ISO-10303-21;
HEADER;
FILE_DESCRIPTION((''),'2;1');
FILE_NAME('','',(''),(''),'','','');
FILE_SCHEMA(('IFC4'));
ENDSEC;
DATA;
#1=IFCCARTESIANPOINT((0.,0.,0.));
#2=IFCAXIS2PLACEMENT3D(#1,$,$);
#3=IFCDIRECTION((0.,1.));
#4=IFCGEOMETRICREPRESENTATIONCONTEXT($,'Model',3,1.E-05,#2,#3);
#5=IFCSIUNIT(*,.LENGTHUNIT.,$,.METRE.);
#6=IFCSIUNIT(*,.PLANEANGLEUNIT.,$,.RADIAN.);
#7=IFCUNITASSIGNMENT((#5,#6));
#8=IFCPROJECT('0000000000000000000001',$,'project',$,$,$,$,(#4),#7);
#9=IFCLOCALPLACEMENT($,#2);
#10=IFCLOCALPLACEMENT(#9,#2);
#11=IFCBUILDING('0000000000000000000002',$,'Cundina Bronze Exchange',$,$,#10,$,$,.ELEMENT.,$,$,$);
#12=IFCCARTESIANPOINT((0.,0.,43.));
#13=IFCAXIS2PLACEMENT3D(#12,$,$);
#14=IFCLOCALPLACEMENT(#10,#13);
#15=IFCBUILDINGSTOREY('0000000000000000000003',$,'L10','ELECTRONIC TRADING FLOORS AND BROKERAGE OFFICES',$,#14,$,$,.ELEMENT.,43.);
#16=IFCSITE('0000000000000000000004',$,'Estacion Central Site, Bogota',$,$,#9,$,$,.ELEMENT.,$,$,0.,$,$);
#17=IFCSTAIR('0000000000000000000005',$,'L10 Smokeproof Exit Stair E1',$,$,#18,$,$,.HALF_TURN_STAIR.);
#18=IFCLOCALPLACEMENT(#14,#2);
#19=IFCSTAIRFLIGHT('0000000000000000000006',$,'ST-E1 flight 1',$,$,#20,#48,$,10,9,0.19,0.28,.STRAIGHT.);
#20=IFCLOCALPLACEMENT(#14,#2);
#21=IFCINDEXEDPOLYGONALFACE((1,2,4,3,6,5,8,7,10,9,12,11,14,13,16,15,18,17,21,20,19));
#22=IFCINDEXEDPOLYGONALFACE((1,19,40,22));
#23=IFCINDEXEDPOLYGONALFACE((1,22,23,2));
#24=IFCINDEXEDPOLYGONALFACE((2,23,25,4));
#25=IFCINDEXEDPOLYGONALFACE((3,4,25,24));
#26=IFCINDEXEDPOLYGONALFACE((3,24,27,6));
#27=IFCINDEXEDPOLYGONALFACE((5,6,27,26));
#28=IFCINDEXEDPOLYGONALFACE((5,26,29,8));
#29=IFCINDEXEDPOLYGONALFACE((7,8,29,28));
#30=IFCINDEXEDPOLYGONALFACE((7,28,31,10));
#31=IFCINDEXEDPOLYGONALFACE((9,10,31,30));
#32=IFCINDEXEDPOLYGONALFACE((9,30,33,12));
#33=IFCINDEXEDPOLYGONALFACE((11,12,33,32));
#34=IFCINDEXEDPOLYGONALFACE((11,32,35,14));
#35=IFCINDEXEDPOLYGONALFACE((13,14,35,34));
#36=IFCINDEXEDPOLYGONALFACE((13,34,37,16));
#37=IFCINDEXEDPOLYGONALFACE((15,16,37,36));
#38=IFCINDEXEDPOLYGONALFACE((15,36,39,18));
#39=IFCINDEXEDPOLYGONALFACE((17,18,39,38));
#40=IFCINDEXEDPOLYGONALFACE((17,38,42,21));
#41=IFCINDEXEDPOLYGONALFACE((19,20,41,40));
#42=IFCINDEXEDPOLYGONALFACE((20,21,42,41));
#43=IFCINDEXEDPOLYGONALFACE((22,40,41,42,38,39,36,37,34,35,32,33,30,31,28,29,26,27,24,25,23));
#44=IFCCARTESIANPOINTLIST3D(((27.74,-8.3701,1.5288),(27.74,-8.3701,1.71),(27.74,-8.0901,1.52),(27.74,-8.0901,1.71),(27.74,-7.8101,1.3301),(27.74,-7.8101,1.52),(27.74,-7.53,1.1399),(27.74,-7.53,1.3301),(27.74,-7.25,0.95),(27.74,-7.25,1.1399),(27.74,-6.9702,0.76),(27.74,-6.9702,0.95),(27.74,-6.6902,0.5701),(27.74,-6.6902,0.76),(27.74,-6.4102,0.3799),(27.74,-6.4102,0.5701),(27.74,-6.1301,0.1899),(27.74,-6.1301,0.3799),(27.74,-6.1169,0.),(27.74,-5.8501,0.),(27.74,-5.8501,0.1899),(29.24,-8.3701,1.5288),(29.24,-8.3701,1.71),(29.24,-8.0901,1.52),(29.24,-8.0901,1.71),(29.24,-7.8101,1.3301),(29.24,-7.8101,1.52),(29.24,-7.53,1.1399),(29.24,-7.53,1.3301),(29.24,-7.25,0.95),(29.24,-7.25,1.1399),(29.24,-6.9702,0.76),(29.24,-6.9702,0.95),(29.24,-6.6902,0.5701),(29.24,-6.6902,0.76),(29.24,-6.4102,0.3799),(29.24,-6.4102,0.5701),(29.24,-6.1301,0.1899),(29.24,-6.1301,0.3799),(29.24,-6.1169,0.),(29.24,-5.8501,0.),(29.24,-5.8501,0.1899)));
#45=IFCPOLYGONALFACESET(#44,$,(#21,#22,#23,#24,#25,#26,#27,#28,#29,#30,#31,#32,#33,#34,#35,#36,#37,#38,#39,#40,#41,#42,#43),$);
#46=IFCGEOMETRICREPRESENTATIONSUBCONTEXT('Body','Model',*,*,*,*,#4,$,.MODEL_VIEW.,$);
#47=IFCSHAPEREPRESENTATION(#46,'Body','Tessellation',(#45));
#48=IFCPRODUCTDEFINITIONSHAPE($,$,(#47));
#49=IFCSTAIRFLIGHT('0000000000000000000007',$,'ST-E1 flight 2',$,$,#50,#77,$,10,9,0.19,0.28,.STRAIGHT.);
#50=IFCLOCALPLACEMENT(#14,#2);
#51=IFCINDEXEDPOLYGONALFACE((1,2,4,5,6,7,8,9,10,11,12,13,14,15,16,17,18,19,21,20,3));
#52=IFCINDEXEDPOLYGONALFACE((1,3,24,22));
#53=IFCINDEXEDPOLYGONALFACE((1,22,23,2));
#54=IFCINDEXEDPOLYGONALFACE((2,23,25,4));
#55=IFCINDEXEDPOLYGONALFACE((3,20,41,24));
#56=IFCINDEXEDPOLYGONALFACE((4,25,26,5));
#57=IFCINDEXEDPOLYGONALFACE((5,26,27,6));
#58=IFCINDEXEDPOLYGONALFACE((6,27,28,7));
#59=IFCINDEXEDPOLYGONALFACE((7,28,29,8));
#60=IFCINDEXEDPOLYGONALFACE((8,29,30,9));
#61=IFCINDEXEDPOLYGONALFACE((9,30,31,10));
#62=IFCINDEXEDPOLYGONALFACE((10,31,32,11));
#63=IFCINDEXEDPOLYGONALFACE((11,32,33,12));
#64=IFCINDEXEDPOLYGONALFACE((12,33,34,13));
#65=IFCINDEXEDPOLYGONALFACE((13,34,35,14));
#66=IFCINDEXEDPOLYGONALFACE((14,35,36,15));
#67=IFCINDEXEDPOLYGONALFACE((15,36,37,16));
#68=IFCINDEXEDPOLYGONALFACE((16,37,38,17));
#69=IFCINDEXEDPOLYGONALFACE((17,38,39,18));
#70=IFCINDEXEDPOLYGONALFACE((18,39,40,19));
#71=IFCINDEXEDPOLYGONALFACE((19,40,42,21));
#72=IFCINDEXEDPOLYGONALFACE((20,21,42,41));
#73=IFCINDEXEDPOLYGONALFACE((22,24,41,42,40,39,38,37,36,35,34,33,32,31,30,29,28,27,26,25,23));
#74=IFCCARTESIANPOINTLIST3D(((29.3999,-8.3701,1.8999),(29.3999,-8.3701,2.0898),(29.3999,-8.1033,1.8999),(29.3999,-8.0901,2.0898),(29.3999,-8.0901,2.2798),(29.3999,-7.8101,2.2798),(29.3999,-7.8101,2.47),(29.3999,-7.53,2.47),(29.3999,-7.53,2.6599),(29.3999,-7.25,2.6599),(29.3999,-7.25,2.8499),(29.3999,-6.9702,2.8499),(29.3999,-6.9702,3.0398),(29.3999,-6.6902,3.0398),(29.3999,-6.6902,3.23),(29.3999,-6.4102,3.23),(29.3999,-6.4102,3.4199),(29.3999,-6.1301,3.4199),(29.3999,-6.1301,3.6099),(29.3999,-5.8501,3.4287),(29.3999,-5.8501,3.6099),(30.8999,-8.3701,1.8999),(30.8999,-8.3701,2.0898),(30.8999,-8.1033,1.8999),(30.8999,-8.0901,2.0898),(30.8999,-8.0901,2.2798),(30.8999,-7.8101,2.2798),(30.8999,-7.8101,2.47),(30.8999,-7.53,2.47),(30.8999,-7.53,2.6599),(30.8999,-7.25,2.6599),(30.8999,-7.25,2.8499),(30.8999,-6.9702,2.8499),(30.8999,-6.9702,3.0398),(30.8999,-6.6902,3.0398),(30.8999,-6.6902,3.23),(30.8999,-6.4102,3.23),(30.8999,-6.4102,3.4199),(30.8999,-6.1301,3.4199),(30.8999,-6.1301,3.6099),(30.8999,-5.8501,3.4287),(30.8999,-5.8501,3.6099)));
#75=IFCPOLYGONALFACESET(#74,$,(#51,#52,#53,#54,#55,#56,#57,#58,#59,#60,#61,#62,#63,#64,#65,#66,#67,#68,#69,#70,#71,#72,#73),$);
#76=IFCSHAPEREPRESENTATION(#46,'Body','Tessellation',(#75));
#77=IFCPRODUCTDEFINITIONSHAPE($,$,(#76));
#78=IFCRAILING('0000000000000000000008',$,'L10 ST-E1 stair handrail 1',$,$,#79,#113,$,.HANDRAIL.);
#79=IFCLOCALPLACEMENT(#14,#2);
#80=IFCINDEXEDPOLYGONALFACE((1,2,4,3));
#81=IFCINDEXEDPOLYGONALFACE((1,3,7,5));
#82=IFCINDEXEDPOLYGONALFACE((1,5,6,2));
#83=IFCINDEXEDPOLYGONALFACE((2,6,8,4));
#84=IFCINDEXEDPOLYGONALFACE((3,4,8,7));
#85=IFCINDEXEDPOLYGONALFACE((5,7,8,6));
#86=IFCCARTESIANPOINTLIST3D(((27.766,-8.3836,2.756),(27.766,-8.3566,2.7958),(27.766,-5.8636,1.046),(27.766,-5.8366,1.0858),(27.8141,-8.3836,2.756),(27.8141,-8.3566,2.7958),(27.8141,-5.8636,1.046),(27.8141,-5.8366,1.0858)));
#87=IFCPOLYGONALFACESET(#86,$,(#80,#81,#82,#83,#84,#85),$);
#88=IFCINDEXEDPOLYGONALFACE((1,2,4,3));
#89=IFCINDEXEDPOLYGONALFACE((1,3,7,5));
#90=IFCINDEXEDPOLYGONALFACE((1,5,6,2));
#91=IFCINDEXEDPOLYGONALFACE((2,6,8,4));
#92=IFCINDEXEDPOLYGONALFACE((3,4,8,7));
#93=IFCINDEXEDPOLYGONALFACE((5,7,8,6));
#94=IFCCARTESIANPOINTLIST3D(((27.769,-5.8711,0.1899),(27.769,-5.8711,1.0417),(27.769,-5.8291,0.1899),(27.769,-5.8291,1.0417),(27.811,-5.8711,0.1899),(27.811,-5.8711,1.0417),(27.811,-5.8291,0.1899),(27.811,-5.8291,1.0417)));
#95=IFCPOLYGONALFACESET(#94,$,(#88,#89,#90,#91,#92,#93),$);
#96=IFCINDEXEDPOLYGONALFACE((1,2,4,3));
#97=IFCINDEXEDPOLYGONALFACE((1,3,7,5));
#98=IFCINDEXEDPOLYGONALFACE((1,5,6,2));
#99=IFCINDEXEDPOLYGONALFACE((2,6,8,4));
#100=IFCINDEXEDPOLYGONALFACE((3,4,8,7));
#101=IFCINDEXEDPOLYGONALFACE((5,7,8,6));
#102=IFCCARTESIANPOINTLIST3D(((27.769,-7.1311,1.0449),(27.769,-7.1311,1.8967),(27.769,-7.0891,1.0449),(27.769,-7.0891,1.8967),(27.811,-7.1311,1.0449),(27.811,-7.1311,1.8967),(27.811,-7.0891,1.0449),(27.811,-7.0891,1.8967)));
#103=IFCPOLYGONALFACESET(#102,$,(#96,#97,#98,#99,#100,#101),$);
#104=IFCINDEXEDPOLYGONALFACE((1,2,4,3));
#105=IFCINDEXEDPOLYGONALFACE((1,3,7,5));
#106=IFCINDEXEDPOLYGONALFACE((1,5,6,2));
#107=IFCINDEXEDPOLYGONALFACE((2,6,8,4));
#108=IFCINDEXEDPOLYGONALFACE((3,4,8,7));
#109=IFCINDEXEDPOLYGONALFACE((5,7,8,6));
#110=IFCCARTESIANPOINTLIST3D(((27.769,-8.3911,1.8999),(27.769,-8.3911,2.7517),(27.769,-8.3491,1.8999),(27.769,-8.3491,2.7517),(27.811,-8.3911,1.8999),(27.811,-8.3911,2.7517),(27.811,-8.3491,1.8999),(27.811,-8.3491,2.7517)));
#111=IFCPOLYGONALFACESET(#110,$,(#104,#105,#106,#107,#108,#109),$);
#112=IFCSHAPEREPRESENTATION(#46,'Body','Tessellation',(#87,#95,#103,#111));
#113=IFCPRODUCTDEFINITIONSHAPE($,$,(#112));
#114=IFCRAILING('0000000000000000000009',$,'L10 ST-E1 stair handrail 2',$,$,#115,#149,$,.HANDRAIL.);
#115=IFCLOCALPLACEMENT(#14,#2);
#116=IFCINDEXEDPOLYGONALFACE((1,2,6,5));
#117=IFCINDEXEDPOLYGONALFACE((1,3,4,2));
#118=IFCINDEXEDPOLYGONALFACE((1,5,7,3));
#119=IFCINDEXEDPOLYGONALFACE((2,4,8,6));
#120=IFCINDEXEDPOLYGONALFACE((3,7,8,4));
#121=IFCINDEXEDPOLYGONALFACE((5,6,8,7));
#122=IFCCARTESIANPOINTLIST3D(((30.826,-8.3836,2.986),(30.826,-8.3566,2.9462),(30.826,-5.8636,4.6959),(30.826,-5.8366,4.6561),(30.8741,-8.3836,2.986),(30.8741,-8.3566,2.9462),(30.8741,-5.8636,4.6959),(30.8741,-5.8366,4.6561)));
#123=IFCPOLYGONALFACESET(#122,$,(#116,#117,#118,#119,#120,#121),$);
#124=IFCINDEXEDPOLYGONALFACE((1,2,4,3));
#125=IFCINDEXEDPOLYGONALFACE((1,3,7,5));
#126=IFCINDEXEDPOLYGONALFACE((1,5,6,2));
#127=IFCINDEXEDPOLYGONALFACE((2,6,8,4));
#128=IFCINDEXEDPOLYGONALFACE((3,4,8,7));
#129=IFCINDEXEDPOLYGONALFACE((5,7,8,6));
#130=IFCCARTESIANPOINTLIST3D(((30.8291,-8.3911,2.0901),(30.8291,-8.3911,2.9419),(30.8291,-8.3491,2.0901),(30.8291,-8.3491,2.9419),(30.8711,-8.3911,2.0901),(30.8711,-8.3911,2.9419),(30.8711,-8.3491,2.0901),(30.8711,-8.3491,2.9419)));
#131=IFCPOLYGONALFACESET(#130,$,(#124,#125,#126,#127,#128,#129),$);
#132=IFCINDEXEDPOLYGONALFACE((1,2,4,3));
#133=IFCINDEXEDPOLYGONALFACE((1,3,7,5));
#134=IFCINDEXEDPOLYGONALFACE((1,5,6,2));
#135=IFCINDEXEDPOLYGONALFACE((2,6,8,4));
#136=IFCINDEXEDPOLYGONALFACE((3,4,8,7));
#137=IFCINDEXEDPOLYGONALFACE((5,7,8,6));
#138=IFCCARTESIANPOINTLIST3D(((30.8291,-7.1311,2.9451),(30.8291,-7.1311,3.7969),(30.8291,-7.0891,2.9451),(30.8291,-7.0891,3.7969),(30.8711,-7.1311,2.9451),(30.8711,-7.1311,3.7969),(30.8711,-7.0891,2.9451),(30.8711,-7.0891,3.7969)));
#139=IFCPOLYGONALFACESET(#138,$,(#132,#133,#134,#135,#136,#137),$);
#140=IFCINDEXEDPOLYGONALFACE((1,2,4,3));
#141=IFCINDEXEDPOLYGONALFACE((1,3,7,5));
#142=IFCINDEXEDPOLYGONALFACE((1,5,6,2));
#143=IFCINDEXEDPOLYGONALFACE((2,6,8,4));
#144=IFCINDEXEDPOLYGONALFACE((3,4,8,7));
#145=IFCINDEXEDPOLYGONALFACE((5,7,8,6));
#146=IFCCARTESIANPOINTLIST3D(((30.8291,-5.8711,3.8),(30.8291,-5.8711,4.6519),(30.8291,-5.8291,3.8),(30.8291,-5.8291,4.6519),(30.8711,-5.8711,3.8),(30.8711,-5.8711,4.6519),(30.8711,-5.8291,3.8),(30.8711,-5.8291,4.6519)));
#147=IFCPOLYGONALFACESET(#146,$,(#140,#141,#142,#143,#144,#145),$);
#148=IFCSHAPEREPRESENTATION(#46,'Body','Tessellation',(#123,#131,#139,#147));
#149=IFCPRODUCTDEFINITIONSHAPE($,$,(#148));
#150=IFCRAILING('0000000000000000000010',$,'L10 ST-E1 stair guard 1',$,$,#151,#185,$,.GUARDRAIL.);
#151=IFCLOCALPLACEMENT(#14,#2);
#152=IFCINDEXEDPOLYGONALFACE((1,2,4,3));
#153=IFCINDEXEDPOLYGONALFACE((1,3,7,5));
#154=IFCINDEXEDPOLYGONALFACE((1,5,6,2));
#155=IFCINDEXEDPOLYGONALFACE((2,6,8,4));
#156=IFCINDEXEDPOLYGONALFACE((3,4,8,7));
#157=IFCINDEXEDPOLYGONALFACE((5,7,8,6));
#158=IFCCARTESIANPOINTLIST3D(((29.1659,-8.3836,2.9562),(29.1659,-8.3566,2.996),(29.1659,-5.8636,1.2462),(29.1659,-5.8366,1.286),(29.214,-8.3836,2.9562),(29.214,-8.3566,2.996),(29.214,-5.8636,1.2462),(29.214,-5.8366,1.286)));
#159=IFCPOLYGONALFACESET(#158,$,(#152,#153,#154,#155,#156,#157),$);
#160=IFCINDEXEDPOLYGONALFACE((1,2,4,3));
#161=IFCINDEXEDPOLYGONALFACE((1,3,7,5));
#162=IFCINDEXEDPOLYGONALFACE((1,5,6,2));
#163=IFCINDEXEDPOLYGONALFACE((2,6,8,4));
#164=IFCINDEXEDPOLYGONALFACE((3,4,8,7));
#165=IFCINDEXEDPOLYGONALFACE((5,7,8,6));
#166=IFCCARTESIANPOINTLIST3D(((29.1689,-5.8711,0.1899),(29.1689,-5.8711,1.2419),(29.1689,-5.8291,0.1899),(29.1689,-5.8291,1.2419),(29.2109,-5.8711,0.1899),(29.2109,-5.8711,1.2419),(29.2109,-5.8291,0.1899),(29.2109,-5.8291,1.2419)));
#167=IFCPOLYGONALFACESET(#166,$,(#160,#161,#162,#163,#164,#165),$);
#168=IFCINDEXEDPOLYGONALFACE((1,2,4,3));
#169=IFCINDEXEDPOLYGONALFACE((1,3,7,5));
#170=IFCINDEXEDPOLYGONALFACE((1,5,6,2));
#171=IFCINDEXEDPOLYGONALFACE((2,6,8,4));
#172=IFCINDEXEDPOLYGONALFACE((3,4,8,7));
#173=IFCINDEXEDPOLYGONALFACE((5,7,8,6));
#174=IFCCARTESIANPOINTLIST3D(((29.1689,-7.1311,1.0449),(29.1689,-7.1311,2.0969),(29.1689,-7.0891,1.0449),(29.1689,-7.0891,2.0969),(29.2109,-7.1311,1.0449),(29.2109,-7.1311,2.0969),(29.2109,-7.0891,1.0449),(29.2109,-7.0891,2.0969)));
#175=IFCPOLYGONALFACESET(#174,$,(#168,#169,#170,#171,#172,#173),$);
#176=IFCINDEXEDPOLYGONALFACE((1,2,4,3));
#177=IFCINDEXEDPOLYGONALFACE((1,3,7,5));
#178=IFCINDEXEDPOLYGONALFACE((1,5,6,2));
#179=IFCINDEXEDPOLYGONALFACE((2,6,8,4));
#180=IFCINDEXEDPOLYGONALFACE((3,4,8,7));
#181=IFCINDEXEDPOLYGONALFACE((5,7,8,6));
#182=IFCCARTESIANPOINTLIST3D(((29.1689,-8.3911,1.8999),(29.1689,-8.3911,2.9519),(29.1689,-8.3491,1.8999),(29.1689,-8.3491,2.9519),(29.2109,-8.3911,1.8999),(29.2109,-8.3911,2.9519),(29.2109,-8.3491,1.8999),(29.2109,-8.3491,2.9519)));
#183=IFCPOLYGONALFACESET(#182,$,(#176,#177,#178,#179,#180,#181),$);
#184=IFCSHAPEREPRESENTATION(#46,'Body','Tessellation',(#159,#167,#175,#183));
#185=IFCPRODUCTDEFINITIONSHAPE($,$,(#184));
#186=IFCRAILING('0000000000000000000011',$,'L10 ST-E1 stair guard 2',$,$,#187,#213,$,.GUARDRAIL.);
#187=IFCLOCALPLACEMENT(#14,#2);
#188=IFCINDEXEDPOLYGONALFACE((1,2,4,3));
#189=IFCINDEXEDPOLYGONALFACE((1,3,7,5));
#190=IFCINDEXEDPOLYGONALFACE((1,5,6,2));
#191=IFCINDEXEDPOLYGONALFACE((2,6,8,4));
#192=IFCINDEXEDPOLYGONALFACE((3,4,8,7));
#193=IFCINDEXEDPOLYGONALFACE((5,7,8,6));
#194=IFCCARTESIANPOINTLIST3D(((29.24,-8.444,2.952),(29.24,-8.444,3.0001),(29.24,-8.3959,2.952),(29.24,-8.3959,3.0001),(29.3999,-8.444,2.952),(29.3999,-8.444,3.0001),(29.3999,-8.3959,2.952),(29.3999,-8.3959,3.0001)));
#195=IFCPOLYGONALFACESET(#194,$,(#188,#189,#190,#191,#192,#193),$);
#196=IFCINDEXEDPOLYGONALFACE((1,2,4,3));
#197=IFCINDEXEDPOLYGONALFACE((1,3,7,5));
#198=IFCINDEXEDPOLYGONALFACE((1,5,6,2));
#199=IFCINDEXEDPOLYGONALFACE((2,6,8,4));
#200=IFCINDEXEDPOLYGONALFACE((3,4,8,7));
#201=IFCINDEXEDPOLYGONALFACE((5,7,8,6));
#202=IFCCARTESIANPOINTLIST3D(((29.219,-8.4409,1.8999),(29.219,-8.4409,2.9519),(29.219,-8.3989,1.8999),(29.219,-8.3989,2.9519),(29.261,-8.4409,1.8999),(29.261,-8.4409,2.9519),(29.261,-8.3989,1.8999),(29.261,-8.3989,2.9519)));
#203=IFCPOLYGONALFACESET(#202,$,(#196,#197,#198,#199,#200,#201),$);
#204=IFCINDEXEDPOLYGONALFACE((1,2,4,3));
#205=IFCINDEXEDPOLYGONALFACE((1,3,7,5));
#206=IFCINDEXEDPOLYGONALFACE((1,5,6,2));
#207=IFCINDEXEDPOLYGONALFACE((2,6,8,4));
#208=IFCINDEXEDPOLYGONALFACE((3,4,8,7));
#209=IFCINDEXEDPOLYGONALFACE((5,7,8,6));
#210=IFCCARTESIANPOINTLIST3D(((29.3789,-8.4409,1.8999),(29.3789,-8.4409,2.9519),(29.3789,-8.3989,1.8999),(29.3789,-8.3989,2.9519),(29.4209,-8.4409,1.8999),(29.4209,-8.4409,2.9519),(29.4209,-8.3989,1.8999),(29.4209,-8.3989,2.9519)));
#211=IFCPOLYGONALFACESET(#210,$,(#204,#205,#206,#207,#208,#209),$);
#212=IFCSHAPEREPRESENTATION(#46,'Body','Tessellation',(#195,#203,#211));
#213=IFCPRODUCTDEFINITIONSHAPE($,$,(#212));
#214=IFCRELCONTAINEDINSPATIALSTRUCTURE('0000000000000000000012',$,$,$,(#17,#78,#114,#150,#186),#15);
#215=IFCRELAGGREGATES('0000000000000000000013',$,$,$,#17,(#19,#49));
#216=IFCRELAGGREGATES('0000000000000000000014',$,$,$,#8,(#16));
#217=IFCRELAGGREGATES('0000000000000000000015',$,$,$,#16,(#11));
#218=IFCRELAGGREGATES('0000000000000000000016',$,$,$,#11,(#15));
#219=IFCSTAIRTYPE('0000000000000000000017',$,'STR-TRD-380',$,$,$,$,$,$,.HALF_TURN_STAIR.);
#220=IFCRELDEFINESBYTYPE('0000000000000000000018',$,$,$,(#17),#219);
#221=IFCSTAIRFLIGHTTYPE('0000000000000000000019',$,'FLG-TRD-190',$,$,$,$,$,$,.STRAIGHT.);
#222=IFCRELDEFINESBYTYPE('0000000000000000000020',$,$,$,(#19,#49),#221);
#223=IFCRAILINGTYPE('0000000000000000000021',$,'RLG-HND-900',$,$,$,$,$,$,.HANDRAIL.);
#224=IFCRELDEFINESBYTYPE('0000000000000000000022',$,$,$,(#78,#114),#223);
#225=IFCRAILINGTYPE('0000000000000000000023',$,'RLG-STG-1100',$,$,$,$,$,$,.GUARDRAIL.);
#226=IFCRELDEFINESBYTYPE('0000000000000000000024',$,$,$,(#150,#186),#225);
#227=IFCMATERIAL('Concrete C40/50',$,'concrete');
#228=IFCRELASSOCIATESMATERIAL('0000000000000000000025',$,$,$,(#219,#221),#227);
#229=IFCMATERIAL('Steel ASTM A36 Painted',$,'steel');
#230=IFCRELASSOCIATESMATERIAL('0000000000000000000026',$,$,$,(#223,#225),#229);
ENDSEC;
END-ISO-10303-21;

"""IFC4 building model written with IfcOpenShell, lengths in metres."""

from ifc_helpers import new_model, si_unit, direction, frame, origin, origin_2d, place, context, subcontext, project, spatial, polyline, rectangle, outline, extrude, material, type_object, element, aggregate, save


model = new_model("IFC4")

# Units and contexts
model_context = context("Model", 3, precision=1e-05, world=origin(), true_north=direction((0.0, 1.0)))
body_context = subcontext(model_context, "Body", "Model", "MODEL_VIEW")
ifc_project = project(units=[si_unit("LENGTHUNIT", "METRE"), si_unit("PLANEANGLEUNIT", "RADIAN")], contexts=[model_context])

# Site, building, storey
site_placement = place(None, origin())
site = spatial("IfcSite", under=ifc_project, at=site_placement, Name="Estacion Central Site, Bogota", CompositionType="ELEMENT", RefElevation=0.0)
building_placement = place(site_placement, origin())
building = spatial("IfcBuilding", under=site, at=building_placement, Name="Cundina Bronze Exchange", CompositionType="ELEMENT")
storey_placement = place(building_placement, frame((0.0, 0.0, 43.0)))
storey = spatial("IfcBuildingStorey", under=building, at=storey_placement, Name="L10", Description="ELECTRONIC TRADING FLOORS AND BROKERAGE OFFICES", CompositionType="ELEMENT", Elevation=43.0)

# Stair, stair flights
ifc_material_1 = material(Name="Concrete C40/50", Category="concrete")
stair_type = type_object("IfcStairType", Name="STR-TRD-380", PredefinedType="HALF_TURN_STAIR", material=ifc_material_1)
stair_placement = place(storey_placement, origin())
stair = element("IfcStair", 1, at=stair_placement, inside=storey, type_object=stair_type, Name="L10 Smokeproof Exit Stair E1", PredefinedType="HALF_TURN_STAIR")
stair_flight_type = type_object("IfcStairFlightType", Name="FLG-TRD-190", PredefinedType="STRAIGHT", material=ifc_material_1)
stair_flight_1_placement = place(storey_placement, frame((28.49, -5.8501, 0.0), z_axis=(0.0, 0.0, 1.0), x_axis=(0.0, -1.0, 0.0)))
stair_flight_1 = element("IfcStairFlight", 2, at=stair_flight_1_placement, type_object=stair_flight_type, Name="ST-E1 flight 1", NumberOfRisers=10, NumberOfTreads=9, PredefinedType="STRAIGHT", RiserHeight=0.19, TreadLength=0.28, context=body_context, shape_type="SweptSolid", body=[
    extrude(outline(polyline([(0.0, 0.0), (0.0, 0.1899), (0.28, 0.1899), (0.28, 0.3799), (0.5601, 0.3799), (0.5601, 0.5701), (0.8401, 0.5701), (0.8401, 0.76), (1.1201, 0.76), (1.1201, 0.95), (1.3999, 0.95), (1.3999, 1.1399), (1.6799, 1.1399), (1.6799, 1.3301), (1.96, 1.3301), (1.96, 1.52), (2.24, 1.52), (2.24, 1.71), (2.52, 1.71), (2.52, 1.8999), (2.52, 1.5288), (0.2668, 0.0), (0.0, 0.0)])), frame((0.0, 0.75, 0.0), z_axis=(0.0, -1.0, 0.0), x_axis=(1.0, 0.0, 0.0)), (0.0, 0.0, 1.0), 1.5),
])
stair_flight_2_placement = place(storey_placement, frame((30.1499, -8.3701, 1.8999), z_axis=(0.0, 0.0, 1.0), x_axis=(0.0, 1.0, 0.0)))
stair_flight_2 = element("IfcStairFlight", 3, at=stair_flight_2_placement, type_object=stair_flight_type, Name="ST-E1 flight 2", NumberOfRisers=10, NumberOfTreads=9, PredefinedType="STRAIGHT", RiserHeight=0.19, TreadLength=0.28, context=body_context, shape_type="SweptSolid", body=[
    extrude(outline(polyline([(0.0, 0.0), (0.0, 0.1899), (0.28, 0.1899), (0.28, 0.3799), (0.5601, 0.3799), (0.5601, 0.5701), (0.8401, 0.5701), (0.8401, 0.76), (1.1201, 0.76), (1.1201, 0.95), (1.3999, 0.95), (1.3999, 1.1399), (1.6799, 1.1399), (1.6799, 1.3301), (1.96, 1.3301), (1.96, 1.52), (2.24, 1.52), (2.24, 1.71), (2.52, 1.71), (2.52, 1.8999), (2.52, 1.5288), (0.2668, 0.0), (0.0, 0.0)])), frame((0.0, 0.75, 0.0), z_axis=(0.0, -1.0, 0.0), x_axis=(1.0, 0.0, 0.0)), (0.0, 0.0, 1.0), 1.5),
])
aggregate(stair, [stair_flight_1, stair_flight_2])

# Railings
ifc_material_2 = material(Name="Steel ASTM A36 Painted", Category="steel")
railing_type_1 = type_object("IfcRailingType", Name="RLG-HND-900", PredefinedType="HANDRAIL", material=ifc_material_2)
railing_1_placement = place(storey_placement, frame((27.79, -5.8501, 0.1899)))
element("IfcRailing", 4, at=railing_1_placement, inside=storey, type_object=railing_type_1, Name="L10 ST-E1 stair handrail 1", PredefinedType="HANDRAIL", context=body_context, shape_type="SweptSolid", body=[
    extrude(rectangle(XDim=0.0481, YDim=0.0481, at=origin_2d()), frame((0.0, 0.0, 0.876), z_axis=(0.0, -0.827484, 0.56149), x_axis=(1.0, 0.0, 0.0)), (0.0, 0.0, 1.0), 3.0454),
    extrude(rectangle(XDim=0.042, YDim=0.042, at=origin_2d()), origin(), (0.0, 0.0, 1.0), 0.8518),
    extrude(rectangle(XDim=0.042, YDim=0.042, at=origin_2d()), frame((0.0, -1.26, 0.855)), (0.0, 0.0, 1.0), 0.8518),
    extrude(rectangle(XDim=0.042, YDim=0.042, at=origin_2d()), frame((0.0, -2.52, 1.71)), (0.0, 0.0, 1.0), 0.8518),
])
railing_2_placement = place(storey_placement, frame((30.8501, -8.3701, 2.0901)))
element("IfcRailing", 5, at=railing_2_placement, inside=storey, type_object=railing_type_1, Name="L10 ST-E1 stair handrail 2", PredefinedType="HANDRAIL", context=body_context, shape_type="SweptSolid", body=[
    extrude(rectangle(XDim=0.0481, YDim=0.0481, at=origin_2d()), frame((0.0, 0.0, 0.876), z_axis=(0.0, 0.827484, 0.56149), x_axis=(-1.0, 0.0, 0.0)), (0.0, 0.0, 1.0), 3.0454),
    extrude(rectangle(XDim=0.042, YDim=0.042, at=origin_2d()), origin(), (0.0, 0.0, 1.0), 0.8518),
    extrude(rectangle(XDim=0.042, YDim=0.042, at=origin_2d()), frame((0.0, 1.26, 0.855)), (0.0, 0.0, 1.0), 0.8518),
    extrude(rectangle(XDim=0.042, YDim=0.042, at=origin_2d()), frame((0.0, 2.52, 1.71)), (0.0, 0.0, 1.0), 0.8518),
])
railing_type_2 = type_object("IfcRailingType", Name="RLG-STG-1100", PredefinedType="GUARDRAIL", material=ifc_material_2)
railing_3_placement = place(storey_placement, frame((29.1899, -5.8501, 0.1899)))
element("IfcRailing", 6, at=railing_3_placement, inside=storey, type_object=railing_type_2, Name="L10 ST-E1 stair guard 1", PredefinedType="GUARDRAIL", context=body_context, shape_type="SweptSolid", body=[
    extrude(rectangle(XDim=0.0481, YDim=0.0481, at=origin_2d()), frame((0.0, 0.0, 1.0762), z_axis=(0.0, -0.827484, 0.56149), x_axis=(1.0, 0.0, 0.0)), (0.0, 0.0, 1.0), 3.0454),
    extrude(rectangle(XDim=0.042, YDim=0.042, at=origin_2d()), origin(), (0.0, 0.0, 1.0), 1.052),
    extrude(rectangle(XDim=0.042, YDim=0.042, at=origin_2d()), frame((0.0, -1.26, 0.855)), (0.0, 0.0, 1.0), 1.052),
    extrude(rectangle(XDim=0.042, YDim=0.042, at=origin_2d()), frame((0.0, -2.52, 1.71)), (0.0, 0.0, 1.0), 1.052),
])
railing_4_placement = place(storey_placement, frame((29.24, -8.4199, 1.8999)))
element("IfcRailing", 7, at=railing_4_placement, inside=storey, type_object=railing_type_2, Name="L10 ST-E1 stair guard 2", PredefinedType="GUARDRAIL", context=body_context, shape_type="SweptSolid", body=[
    extrude(rectangle(XDim=0.0481, YDim=0.0481, at=origin_2d()), frame((0.0, 0.0, 1.0762), z_axis=(1.0, 0.0, 0.0), x_axis=(0.0, 1.0, 0.0)), (0.0, 0.0, 1.0), 0.1599),
    extrude(rectangle(XDim=0.042, YDim=0.042, at=origin_2d()), origin(), (0.0, 0.0, 1.0), 1.052),
    extrude(rectangle(XDim=0.042, YDim=0.042, at=origin_2d()), frame((0.1599, 0.0, 0.0)), (0.0, 0.0, 1.0), 1.052),
])

save(model, "model.ifc")
